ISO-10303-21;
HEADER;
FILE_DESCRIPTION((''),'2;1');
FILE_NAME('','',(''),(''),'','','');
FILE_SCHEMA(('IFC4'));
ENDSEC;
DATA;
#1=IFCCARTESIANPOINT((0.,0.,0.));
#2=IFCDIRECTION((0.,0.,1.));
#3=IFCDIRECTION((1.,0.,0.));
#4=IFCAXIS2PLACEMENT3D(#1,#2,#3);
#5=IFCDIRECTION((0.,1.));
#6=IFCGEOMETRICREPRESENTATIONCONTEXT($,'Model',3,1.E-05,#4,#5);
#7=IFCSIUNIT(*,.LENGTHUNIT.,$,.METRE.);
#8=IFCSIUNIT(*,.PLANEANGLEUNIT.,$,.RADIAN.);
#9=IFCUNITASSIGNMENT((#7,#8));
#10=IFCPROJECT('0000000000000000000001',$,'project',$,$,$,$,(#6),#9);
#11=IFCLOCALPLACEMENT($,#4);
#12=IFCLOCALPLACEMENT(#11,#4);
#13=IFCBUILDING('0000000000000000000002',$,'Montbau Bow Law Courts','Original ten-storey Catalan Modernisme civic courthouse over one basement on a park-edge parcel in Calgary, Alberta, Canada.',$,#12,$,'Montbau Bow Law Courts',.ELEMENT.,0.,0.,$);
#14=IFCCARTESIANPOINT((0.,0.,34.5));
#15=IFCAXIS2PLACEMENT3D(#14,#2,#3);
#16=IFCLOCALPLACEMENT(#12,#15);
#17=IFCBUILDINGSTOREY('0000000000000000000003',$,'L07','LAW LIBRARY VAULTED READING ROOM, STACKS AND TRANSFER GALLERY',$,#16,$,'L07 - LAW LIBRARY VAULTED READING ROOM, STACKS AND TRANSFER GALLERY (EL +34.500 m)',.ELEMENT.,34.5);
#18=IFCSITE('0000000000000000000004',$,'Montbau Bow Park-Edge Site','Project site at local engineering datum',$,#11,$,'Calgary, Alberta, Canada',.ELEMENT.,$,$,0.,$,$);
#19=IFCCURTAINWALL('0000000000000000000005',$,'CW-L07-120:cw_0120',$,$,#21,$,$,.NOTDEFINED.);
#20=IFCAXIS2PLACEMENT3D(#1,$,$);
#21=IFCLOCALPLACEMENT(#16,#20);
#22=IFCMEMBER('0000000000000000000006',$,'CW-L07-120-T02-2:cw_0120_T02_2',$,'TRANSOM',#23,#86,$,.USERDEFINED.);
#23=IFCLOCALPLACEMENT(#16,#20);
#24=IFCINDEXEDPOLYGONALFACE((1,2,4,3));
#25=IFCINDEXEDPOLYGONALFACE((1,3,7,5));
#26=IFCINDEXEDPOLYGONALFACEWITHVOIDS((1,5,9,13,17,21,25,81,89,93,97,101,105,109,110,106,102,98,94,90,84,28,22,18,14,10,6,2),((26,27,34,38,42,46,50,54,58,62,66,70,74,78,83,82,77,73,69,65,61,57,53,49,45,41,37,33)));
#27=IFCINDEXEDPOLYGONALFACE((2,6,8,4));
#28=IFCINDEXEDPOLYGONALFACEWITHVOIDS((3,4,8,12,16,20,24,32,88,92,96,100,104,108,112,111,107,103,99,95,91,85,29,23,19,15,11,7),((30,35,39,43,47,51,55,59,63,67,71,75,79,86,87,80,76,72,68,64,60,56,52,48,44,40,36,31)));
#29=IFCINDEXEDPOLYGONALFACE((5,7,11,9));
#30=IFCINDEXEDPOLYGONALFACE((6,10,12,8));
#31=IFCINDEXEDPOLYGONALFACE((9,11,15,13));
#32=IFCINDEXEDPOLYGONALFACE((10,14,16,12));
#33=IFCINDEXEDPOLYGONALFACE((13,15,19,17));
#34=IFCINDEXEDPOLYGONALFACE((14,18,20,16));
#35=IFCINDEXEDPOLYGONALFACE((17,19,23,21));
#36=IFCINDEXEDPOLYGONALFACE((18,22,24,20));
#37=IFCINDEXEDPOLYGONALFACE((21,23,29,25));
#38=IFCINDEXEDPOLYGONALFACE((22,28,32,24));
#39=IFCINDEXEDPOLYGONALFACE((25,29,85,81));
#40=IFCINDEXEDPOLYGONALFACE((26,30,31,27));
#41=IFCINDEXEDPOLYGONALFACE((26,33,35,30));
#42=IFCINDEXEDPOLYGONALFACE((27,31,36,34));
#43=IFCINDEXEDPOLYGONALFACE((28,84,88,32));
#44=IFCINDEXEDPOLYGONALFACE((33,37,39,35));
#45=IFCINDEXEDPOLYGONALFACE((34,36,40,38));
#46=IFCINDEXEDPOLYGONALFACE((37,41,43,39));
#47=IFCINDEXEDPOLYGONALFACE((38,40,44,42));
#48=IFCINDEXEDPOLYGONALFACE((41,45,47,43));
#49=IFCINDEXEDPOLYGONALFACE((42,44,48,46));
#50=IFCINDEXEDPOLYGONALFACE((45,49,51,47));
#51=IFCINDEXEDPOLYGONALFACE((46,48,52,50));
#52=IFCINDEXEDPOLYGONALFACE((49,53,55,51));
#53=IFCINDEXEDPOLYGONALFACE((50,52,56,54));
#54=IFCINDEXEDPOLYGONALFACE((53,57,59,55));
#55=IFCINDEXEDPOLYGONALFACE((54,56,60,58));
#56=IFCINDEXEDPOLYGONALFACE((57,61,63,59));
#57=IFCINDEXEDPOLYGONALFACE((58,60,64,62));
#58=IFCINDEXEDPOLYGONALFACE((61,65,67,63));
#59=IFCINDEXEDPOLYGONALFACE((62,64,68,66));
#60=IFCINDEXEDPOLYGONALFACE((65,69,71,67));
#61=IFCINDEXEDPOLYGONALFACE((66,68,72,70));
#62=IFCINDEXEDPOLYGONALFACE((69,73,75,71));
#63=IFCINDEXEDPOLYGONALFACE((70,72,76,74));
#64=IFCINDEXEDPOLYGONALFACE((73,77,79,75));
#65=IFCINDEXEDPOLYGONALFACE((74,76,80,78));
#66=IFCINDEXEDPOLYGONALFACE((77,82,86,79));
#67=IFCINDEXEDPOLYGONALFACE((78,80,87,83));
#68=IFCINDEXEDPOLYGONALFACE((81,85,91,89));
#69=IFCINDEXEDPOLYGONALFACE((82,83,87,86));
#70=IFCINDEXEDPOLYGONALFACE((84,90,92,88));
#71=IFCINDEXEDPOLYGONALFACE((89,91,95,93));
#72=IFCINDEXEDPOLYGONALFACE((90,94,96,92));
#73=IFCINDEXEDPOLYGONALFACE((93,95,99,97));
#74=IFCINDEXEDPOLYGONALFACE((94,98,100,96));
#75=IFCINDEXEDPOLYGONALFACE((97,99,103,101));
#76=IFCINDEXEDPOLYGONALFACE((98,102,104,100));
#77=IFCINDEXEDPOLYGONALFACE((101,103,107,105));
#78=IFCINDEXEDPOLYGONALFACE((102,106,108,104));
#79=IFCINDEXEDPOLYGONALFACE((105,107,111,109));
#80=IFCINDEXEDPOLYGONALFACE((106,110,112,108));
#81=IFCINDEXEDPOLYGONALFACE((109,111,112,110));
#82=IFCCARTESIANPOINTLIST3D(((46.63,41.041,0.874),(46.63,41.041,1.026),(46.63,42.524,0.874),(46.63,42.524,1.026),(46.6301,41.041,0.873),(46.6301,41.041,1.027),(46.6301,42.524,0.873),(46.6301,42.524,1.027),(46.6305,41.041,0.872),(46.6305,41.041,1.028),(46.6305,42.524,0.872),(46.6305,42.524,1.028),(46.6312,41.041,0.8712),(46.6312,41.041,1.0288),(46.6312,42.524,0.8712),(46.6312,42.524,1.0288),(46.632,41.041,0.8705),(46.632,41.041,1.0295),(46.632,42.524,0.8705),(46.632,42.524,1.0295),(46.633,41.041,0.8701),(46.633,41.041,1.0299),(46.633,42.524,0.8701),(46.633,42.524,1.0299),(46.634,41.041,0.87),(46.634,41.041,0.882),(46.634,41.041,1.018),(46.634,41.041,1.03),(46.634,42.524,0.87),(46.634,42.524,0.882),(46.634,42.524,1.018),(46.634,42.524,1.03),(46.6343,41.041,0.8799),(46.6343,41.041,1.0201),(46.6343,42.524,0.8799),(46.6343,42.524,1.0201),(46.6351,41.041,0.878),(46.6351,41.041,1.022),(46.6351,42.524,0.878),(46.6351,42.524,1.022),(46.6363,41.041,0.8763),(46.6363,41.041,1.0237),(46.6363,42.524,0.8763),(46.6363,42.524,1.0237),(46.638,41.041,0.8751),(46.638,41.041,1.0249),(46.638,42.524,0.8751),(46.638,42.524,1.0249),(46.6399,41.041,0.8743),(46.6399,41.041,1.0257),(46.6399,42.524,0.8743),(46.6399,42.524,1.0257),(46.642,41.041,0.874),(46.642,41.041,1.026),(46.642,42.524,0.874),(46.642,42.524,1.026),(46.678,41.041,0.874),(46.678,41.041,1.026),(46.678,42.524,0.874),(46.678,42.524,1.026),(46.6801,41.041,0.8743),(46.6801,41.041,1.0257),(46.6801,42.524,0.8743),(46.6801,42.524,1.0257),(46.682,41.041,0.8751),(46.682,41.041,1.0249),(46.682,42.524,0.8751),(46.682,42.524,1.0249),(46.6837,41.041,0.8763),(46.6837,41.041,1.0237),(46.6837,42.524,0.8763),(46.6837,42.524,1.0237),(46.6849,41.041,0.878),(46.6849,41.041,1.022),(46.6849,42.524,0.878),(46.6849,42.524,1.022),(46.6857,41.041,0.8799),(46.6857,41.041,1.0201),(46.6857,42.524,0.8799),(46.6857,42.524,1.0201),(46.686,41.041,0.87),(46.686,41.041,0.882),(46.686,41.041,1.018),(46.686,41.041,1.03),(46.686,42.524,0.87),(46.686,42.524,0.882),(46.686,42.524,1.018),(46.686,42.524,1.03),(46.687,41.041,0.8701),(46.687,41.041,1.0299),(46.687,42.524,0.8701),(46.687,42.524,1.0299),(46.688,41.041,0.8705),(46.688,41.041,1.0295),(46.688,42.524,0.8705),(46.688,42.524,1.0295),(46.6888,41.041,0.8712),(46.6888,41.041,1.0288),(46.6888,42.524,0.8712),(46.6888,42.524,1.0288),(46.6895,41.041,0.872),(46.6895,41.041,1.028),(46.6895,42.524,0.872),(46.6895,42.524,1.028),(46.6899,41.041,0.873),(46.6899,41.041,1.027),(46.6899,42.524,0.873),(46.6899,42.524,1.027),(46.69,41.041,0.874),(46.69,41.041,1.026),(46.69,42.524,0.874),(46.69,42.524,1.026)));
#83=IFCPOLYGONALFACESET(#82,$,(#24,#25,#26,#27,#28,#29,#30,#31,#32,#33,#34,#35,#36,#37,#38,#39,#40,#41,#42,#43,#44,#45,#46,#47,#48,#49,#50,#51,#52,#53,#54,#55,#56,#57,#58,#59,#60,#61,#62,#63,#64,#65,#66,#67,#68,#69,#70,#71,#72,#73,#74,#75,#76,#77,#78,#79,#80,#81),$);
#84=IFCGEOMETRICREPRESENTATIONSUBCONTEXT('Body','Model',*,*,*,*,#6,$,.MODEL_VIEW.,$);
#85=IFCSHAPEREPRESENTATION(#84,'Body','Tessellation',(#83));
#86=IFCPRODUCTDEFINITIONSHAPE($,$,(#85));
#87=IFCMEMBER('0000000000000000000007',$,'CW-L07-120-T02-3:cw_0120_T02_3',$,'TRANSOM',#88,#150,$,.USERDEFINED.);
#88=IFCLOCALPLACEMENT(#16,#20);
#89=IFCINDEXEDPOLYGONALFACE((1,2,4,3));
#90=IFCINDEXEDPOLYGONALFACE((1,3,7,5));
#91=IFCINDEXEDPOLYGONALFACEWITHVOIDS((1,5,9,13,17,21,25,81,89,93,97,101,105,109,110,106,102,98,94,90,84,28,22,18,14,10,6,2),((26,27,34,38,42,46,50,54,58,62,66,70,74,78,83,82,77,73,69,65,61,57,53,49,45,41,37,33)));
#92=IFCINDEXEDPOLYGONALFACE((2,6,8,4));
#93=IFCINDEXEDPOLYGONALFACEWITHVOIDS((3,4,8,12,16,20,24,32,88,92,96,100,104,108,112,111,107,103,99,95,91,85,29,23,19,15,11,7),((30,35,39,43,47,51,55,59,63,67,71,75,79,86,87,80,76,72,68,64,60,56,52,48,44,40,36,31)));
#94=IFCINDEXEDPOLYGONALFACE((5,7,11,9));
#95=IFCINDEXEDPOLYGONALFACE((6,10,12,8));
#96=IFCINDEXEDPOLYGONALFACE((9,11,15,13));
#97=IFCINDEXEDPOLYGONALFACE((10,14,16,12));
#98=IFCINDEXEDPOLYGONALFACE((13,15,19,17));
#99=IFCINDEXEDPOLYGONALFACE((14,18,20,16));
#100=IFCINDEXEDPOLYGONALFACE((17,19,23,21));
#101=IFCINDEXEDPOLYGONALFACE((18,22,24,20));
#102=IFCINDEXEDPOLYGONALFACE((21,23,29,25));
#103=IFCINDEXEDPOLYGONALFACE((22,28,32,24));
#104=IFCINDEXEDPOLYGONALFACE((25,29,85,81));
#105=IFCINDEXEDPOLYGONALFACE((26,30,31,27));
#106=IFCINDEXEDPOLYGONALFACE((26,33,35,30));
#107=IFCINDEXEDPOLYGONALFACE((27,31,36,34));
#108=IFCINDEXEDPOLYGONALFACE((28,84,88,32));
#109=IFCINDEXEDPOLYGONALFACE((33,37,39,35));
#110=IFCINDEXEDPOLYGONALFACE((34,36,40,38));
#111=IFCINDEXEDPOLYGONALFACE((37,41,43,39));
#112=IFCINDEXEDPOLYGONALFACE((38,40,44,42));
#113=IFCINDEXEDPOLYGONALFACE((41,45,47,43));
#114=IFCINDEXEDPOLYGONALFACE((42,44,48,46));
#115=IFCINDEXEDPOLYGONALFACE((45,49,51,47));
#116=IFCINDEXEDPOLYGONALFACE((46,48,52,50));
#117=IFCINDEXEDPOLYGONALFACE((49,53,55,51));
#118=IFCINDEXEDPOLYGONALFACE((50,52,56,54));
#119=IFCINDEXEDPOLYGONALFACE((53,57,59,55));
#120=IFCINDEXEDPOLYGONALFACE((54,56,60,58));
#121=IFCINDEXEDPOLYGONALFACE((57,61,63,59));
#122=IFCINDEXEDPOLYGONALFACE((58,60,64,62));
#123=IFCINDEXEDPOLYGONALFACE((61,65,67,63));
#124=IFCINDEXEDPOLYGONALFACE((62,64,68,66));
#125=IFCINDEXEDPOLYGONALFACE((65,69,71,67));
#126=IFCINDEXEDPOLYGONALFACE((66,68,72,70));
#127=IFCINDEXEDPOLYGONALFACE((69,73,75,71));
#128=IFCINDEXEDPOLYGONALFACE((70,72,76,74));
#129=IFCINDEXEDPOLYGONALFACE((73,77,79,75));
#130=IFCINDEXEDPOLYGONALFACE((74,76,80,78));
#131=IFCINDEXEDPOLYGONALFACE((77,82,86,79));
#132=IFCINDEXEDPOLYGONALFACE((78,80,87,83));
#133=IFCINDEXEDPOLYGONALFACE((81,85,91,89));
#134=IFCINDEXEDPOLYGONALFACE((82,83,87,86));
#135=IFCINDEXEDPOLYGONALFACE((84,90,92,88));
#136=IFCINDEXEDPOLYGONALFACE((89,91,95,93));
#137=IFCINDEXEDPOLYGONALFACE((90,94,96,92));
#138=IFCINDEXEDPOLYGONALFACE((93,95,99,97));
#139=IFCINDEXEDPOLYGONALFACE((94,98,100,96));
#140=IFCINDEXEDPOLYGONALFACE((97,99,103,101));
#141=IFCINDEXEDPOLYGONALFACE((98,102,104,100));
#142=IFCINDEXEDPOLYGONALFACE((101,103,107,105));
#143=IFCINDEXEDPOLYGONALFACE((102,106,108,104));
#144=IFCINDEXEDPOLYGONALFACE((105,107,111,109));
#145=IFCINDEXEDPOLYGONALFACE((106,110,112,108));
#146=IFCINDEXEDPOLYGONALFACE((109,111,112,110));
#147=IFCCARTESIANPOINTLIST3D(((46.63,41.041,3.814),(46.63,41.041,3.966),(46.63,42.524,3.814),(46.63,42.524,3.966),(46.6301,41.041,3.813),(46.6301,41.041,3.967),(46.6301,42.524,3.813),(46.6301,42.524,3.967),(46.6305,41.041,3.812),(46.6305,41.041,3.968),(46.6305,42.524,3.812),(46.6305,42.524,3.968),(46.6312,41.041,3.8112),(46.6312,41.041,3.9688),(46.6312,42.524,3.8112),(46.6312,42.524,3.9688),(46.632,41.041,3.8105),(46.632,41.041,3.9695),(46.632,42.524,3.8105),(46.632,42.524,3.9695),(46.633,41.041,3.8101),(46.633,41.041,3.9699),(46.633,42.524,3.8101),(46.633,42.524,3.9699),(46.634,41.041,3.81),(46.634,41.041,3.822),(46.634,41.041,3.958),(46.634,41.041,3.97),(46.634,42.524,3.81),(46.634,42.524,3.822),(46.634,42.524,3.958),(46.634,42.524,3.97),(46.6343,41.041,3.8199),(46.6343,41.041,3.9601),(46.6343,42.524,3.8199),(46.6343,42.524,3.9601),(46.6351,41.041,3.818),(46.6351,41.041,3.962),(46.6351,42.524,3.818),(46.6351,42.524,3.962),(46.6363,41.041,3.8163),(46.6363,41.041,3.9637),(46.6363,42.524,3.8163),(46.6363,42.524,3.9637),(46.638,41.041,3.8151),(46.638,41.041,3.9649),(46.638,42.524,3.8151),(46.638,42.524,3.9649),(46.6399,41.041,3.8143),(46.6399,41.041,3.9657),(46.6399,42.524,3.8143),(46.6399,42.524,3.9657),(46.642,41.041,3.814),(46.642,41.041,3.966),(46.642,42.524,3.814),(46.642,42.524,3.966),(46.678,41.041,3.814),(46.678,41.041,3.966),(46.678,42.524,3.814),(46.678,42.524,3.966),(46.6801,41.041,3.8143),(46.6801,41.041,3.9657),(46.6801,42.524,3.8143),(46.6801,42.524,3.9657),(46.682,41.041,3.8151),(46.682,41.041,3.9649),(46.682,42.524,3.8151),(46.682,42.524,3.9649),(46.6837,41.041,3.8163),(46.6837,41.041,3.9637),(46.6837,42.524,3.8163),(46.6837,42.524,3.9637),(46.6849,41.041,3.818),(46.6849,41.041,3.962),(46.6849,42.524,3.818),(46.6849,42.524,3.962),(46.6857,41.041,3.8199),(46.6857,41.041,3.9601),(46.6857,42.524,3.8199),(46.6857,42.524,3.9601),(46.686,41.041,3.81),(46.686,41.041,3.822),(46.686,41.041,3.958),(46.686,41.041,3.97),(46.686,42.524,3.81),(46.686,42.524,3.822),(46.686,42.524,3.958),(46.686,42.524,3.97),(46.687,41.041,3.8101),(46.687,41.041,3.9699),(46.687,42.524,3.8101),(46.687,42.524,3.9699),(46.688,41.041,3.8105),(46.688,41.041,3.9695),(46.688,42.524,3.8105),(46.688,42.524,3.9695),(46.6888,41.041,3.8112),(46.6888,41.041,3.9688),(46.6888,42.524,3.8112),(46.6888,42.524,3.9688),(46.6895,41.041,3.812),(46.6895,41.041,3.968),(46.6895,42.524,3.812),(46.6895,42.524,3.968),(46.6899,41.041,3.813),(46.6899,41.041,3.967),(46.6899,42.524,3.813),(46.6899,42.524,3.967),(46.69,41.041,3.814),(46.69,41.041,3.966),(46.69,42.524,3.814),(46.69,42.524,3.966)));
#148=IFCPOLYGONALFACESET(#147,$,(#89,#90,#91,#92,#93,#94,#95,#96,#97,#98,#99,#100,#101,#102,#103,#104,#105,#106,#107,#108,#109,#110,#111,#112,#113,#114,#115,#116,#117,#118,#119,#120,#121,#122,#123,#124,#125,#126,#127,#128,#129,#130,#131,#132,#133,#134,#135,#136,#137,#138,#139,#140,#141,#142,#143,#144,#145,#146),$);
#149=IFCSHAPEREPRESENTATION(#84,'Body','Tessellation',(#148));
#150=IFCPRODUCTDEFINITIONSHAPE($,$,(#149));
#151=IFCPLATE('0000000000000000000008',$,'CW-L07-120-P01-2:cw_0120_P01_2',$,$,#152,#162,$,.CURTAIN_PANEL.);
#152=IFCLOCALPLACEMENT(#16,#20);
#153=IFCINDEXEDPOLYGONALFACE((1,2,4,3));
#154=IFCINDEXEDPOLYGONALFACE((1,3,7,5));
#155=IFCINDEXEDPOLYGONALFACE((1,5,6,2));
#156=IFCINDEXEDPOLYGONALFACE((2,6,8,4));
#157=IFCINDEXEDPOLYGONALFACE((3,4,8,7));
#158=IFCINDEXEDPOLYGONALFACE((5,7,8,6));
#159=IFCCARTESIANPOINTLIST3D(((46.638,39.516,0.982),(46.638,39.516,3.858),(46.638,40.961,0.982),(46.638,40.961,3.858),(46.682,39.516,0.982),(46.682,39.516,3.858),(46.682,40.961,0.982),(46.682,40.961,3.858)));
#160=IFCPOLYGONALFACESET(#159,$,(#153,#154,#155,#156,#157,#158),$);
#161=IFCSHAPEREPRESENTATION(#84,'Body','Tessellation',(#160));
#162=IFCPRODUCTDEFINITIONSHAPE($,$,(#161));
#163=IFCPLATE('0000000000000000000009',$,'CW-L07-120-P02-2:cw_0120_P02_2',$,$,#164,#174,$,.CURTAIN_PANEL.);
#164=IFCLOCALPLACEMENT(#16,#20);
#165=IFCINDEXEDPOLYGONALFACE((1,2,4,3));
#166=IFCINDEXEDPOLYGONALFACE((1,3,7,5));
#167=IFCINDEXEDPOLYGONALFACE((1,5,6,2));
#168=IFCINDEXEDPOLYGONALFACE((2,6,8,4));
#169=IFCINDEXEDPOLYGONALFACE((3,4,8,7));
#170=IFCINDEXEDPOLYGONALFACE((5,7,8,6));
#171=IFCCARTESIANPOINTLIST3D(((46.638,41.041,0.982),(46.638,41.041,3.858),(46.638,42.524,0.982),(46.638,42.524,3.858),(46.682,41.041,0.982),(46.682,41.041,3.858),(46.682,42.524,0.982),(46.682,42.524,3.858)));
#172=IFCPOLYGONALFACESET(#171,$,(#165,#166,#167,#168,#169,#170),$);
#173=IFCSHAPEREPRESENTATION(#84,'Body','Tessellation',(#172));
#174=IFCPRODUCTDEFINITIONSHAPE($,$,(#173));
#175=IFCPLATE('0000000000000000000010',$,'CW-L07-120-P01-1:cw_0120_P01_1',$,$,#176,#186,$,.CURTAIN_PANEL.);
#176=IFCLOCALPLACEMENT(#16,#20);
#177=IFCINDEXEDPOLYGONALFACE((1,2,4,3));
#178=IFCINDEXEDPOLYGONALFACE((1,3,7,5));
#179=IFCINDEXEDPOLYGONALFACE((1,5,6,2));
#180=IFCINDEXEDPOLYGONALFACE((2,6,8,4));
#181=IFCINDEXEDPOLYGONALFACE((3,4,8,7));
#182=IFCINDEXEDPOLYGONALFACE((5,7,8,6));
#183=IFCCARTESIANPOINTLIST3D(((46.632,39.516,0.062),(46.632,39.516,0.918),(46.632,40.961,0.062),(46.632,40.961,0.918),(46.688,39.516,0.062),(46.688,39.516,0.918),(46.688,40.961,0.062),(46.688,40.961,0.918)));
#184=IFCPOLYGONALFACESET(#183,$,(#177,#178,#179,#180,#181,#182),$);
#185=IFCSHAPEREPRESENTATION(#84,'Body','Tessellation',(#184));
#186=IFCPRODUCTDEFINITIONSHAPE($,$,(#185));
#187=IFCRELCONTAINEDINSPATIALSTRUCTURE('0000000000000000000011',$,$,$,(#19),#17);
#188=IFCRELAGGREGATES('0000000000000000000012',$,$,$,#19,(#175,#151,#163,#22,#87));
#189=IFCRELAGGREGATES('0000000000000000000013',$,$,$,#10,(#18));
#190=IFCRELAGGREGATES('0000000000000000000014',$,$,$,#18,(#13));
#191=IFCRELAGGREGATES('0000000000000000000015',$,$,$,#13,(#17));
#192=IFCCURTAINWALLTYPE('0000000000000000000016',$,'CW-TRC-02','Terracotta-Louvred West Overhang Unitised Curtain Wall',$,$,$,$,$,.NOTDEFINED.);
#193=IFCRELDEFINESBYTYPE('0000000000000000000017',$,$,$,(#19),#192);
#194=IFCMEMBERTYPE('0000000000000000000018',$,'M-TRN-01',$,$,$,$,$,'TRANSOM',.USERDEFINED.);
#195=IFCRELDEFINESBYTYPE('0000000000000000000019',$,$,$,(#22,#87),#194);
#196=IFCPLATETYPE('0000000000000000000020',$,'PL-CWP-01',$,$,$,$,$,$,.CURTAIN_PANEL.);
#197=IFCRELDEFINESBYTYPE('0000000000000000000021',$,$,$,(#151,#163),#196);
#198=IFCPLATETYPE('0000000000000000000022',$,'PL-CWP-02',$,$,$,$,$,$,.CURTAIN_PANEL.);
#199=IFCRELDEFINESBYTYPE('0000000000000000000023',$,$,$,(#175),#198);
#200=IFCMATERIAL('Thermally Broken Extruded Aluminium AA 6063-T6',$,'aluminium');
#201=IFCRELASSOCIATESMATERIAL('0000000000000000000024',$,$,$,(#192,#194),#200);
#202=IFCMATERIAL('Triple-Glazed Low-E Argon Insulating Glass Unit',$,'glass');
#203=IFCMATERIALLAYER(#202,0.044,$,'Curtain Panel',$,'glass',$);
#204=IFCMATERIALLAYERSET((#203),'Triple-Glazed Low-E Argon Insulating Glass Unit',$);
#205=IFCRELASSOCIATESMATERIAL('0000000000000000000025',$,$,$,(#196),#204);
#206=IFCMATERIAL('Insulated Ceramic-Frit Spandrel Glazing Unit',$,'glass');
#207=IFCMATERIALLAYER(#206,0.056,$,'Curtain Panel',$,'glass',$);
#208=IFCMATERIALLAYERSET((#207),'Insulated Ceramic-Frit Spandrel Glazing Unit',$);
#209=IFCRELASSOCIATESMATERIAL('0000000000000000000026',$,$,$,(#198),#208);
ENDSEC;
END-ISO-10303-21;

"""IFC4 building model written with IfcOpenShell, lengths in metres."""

from ifc_helpers import new_model, si_unit, direction, frame, frame_2d, origin_with_axes, origin_2d_with_axis, place, context, subcontext, project, spatial, rectangle, hollow_rectangle, extrude, material, layer, layer_set, material_profile, profile_set, type_object, element, aggregate, save


model = new_model("IFC4")

# Units and contexts
model_context = context("Model", 3, precision=1e-05, world=origin_with_axes(), true_north=direction((0.0, 1.0)))
body_context = subcontext(model_context, "Body", "Model", "MODEL_VIEW")
ifc_project = project(units=[si_unit("LENGTHUNIT", "METRE"), si_unit("PLANEANGLEUNIT", "RADIAN")], contexts=[model_context])

# Site, building, storey
site_placement = place(None, origin_with_axes())
site = spatial("IfcSite", under=ifc_project, at=site_placement, Name="Montbau Bow Park-Edge Site", Description="Project site at local engineering datum", LongName="Calgary, Alberta, Canada", CompositionType="ELEMENT", RefElevation=0.0)
building_placement = place(site_placement, origin_with_axes())
building = spatial("IfcBuilding", under=site, at=building_placement, Name="Montbau Bow Law Courts", Description="Original ten-storey Catalan Modernisme civic courthouse over one basement on a park-edge parcel in Calgary, Alberta, Canada.", LongName="Montbau Bow Law Courts", CompositionType="ELEMENT", ElevationOfRefHeight=0.0, ElevationOfTerrain=0.0)
storey_placement = place(building_placement, frame((0.0, 0.0, 34.5), z_axis=(0.0, 0.0, 1.0), x_axis=(1.0, 0.0, 0.0)))
storey = spatial("IfcBuildingStorey", under=building, at=storey_placement, Name="L07", Description="LAW LIBRARY VAULTED READING ROOM, STACKS AND TRANSFER GALLERY", LongName="L07 - LAW LIBRARY VAULTED READING ROOM, STACKS AND TRANSFER GALLERY (EL +34.500 m)", CompositionType="ELEMENT", Elevation=34.5)

# Curtain wall
ifc_material_1 = material(Name="Thermally Broken Extruded Aluminium AA 6063-T6", Category="aluminium")
curtain_wall_type_1 = type_object("IfcCurtainWallType", Name="CW-TRC-02", Description="Terracotta-Louvred West Overhang Unitised Curtain Wall", PredefinedType="NOTDEFINED", material=ifc_material_1)
curtain_wall_1_placement = place(None, frame((46.66, 39.44, 34.5), z_axis=(0.0, 0.0, 1.0), x_axis=(1.0, 0.0, 0.0)))
curtain_wall_1 = element("IfcCurtainWall", 1, at=curtain_wall_1_placement, inside=storey, type_object=curtain_wall_type_1, Name="CW-L07-120:cw_0120", PredefinedType="NOTDEFINED")

# Members
ifc_material_profile_1 = material_profile(ifc_material_1, hollow_rectangle(XDim=0.06, YDim=0.16, WallThickness=0.004, InnerFilletRadius=0.008, OuterFilletRadius=0.004, at=origin_2d_with_axis()), Name="CWT-160X60", Category="Main", Priority=0)
ifc_profile_set_1 = profile_set([ifc_material_profile_1], Name="Thermally Broken Extruded Aluminium AA 6063-T6")
member_type_1 = type_object("IfcMemberType", Name="M-TRN-01", ElementType="TRANSOM", PredefinedType="USERDEFINED", material=ifc_profile_set_1)
member_1_placement = place(None, frame((46.66, 41.041, 35.45), z_axis=(0.0, 1.0, 0.0), x_axis=(-1.0, 0.0, 0.0)))
member_1 = element("IfcMember", 2, at=member_1_placement, type_object=member_type_1, Name="CW-L07-120-T02-2:cw_0120_T02_2", ObjectType="TRANSOM", PredefinedType="USERDEFINED", context=body_context, shape_type="SweptSolid", body=[
    extrude(hollow_rectangle(XDim=0.06, YDim=0.16, WallThickness=0.004, InnerFilletRadius=0.008, OuterFilletRadius=0.004, at=origin_2d_with_axis()), origin_with_axes(), (0.0, 0.0, 1.0), 1.483),
])
member_2_placement = place(None, frame((46.66, 41.041, 38.39), z_axis=(0.0, 1.0, 0.0), x_axis=(-1.0, 0.0, 0.0)))
member_2 = element("IfcMember", 3, at=member_2_placement, type_object=member_type_1, Name="CW-L07-120-T02-3:cw_0120_T02_3", ObjectType="TRANSOM", PredefinedType="USERDEFINED", context=body_context, shape_type="SweptSolid", body=[
    extrude(hollow_rectangle(XDim=0.06, YDim=0.16, WallThickness=0.004, InnerFilletRadius=0.008, OuterFilletRadius=0.004, at=origin_2d_with_axis()), origin_with_axes(), (0.0, 0.0, 1.0), 1.483),
])

# Plates
ifc_material_2 = material(Name="Triple-Glazed Low-E Argon Insulating Glass Unit", Category="glass")
ifc_layer_1 = layer(ifc_material_2, 0.044, Name="Curtain Panel", Category="glass")
ifc_layer_set_1 = layer_set([ifc_layer_1], Name="Triple-Glazed Low-E Argon Insulating Glass Unit")
plate_type_1 = type_object("IfcPlateType", Name="PL-CWP-01", PredefinedType="CURTAIN_PANEL", material=ifc_layer_set_1)
plate_1_placement = place(None, frame((46.66, 39.516, 35.482), z_axis=(1.0, 0.0, 0.0), x_axis=(0.0, 1.0, 0.0)))
plate_1 = element("IfcPlate", 4, at=plate_1_placement, type_object=plate_type_1, Name="CW-L07-120-P01-2:cw_0120_P01_2", PredefinedType="CURTAIN_PANEL", context=body_context, shape_type="SweptSolid", body=[
    extrude(rectangle(XDim=1.445, YDim=2.876, at=frame_2d((0.7225, 1.438), x_axis=(1.0, 0.0))), frame((0.0, 0.0, -0.022), z_axis=(0.0, 0.0, 1.0), x_axis=(1.0, 0.0, 0.0)), (0.0, 0.0, 1.0), 0.044),
])
plate_2_placement = place(None, frame((46.66, 41.041, 35.482), z_axis=(1.0, 0.0, 0.0), x_axis=(0.0, 1.0, 0.0)))
plate_2 = element("IfcPlate", 5, at=plate_2_placement, type_object=plate_type_1, Name="CW-L07-120-P02-2:cw_0120_P02_2", PredefinedType="CURTAIN_PANEL", context=body_context, shape_type="SweptSolid", body=[
    extrude(rectangle(XDim=1.483, YDim=2.876, at=frame_2d((0.7415, 1.438), x_axis=(1.0, 0.0))), frame((0.0, 0.0, -0.022), z_axis=(0.0, 0.0, 1.0), x_axis=(1.0, 0.0, 0.0)), (0.0, 0.0, 1.0), 0.044),
])
ifc_material_3 = material(Name="Insulated Ceramic-Frit Spandrel Glazing Unit", Category="glass")
ifc_layer_2 = layer(ifc_material_3, 0.056, Name="Curtain Panel", Category="glass")
ifc_layer_set_2 = layer_set([ifc_layer_2], Name="Insulated Ceramic-Frit Spandrel Glazing Unit")
plate_type_2 = type_object("IfcPlateType", Name="PL-CWP-02", PredefinedType="CURTAIN_PANEL", material=ifc_layer_set_2)
plate_3_placement = place(None, frame((46.66, 39.516, 34.562), z_axis=(1.0, 0.0, 0.0), x_axis=(0.0, 1.0, 0.0)))
plate_3 = element("IfcPlate", 6, at=plate_3_placement, type_object=plate_type_2, Name="CW-L07-120-P01-1:cw_0120_P01_1", PredefinedType="CURTAIN_PANEL", context=body_context, shape_type="SweptSolid", body=[
    extrude(rectangle(XDim=1.445, YDim=0.856, at=frame_2d((0.7225, 0.428), x_axis=(1.0, 0.0))), frame((0.0, 0.0, -0.028), z_axis=(0.0, 0.0, 1.0), x_axis=(1.0, 0.0, 0.0)), (0.0, 0.0, 1.0), 0.056),
])
aggregate(curtain_wall_1, [plate_3, plate_1, plate_2, member_1, member_2])

save(model, "model.ifc")
